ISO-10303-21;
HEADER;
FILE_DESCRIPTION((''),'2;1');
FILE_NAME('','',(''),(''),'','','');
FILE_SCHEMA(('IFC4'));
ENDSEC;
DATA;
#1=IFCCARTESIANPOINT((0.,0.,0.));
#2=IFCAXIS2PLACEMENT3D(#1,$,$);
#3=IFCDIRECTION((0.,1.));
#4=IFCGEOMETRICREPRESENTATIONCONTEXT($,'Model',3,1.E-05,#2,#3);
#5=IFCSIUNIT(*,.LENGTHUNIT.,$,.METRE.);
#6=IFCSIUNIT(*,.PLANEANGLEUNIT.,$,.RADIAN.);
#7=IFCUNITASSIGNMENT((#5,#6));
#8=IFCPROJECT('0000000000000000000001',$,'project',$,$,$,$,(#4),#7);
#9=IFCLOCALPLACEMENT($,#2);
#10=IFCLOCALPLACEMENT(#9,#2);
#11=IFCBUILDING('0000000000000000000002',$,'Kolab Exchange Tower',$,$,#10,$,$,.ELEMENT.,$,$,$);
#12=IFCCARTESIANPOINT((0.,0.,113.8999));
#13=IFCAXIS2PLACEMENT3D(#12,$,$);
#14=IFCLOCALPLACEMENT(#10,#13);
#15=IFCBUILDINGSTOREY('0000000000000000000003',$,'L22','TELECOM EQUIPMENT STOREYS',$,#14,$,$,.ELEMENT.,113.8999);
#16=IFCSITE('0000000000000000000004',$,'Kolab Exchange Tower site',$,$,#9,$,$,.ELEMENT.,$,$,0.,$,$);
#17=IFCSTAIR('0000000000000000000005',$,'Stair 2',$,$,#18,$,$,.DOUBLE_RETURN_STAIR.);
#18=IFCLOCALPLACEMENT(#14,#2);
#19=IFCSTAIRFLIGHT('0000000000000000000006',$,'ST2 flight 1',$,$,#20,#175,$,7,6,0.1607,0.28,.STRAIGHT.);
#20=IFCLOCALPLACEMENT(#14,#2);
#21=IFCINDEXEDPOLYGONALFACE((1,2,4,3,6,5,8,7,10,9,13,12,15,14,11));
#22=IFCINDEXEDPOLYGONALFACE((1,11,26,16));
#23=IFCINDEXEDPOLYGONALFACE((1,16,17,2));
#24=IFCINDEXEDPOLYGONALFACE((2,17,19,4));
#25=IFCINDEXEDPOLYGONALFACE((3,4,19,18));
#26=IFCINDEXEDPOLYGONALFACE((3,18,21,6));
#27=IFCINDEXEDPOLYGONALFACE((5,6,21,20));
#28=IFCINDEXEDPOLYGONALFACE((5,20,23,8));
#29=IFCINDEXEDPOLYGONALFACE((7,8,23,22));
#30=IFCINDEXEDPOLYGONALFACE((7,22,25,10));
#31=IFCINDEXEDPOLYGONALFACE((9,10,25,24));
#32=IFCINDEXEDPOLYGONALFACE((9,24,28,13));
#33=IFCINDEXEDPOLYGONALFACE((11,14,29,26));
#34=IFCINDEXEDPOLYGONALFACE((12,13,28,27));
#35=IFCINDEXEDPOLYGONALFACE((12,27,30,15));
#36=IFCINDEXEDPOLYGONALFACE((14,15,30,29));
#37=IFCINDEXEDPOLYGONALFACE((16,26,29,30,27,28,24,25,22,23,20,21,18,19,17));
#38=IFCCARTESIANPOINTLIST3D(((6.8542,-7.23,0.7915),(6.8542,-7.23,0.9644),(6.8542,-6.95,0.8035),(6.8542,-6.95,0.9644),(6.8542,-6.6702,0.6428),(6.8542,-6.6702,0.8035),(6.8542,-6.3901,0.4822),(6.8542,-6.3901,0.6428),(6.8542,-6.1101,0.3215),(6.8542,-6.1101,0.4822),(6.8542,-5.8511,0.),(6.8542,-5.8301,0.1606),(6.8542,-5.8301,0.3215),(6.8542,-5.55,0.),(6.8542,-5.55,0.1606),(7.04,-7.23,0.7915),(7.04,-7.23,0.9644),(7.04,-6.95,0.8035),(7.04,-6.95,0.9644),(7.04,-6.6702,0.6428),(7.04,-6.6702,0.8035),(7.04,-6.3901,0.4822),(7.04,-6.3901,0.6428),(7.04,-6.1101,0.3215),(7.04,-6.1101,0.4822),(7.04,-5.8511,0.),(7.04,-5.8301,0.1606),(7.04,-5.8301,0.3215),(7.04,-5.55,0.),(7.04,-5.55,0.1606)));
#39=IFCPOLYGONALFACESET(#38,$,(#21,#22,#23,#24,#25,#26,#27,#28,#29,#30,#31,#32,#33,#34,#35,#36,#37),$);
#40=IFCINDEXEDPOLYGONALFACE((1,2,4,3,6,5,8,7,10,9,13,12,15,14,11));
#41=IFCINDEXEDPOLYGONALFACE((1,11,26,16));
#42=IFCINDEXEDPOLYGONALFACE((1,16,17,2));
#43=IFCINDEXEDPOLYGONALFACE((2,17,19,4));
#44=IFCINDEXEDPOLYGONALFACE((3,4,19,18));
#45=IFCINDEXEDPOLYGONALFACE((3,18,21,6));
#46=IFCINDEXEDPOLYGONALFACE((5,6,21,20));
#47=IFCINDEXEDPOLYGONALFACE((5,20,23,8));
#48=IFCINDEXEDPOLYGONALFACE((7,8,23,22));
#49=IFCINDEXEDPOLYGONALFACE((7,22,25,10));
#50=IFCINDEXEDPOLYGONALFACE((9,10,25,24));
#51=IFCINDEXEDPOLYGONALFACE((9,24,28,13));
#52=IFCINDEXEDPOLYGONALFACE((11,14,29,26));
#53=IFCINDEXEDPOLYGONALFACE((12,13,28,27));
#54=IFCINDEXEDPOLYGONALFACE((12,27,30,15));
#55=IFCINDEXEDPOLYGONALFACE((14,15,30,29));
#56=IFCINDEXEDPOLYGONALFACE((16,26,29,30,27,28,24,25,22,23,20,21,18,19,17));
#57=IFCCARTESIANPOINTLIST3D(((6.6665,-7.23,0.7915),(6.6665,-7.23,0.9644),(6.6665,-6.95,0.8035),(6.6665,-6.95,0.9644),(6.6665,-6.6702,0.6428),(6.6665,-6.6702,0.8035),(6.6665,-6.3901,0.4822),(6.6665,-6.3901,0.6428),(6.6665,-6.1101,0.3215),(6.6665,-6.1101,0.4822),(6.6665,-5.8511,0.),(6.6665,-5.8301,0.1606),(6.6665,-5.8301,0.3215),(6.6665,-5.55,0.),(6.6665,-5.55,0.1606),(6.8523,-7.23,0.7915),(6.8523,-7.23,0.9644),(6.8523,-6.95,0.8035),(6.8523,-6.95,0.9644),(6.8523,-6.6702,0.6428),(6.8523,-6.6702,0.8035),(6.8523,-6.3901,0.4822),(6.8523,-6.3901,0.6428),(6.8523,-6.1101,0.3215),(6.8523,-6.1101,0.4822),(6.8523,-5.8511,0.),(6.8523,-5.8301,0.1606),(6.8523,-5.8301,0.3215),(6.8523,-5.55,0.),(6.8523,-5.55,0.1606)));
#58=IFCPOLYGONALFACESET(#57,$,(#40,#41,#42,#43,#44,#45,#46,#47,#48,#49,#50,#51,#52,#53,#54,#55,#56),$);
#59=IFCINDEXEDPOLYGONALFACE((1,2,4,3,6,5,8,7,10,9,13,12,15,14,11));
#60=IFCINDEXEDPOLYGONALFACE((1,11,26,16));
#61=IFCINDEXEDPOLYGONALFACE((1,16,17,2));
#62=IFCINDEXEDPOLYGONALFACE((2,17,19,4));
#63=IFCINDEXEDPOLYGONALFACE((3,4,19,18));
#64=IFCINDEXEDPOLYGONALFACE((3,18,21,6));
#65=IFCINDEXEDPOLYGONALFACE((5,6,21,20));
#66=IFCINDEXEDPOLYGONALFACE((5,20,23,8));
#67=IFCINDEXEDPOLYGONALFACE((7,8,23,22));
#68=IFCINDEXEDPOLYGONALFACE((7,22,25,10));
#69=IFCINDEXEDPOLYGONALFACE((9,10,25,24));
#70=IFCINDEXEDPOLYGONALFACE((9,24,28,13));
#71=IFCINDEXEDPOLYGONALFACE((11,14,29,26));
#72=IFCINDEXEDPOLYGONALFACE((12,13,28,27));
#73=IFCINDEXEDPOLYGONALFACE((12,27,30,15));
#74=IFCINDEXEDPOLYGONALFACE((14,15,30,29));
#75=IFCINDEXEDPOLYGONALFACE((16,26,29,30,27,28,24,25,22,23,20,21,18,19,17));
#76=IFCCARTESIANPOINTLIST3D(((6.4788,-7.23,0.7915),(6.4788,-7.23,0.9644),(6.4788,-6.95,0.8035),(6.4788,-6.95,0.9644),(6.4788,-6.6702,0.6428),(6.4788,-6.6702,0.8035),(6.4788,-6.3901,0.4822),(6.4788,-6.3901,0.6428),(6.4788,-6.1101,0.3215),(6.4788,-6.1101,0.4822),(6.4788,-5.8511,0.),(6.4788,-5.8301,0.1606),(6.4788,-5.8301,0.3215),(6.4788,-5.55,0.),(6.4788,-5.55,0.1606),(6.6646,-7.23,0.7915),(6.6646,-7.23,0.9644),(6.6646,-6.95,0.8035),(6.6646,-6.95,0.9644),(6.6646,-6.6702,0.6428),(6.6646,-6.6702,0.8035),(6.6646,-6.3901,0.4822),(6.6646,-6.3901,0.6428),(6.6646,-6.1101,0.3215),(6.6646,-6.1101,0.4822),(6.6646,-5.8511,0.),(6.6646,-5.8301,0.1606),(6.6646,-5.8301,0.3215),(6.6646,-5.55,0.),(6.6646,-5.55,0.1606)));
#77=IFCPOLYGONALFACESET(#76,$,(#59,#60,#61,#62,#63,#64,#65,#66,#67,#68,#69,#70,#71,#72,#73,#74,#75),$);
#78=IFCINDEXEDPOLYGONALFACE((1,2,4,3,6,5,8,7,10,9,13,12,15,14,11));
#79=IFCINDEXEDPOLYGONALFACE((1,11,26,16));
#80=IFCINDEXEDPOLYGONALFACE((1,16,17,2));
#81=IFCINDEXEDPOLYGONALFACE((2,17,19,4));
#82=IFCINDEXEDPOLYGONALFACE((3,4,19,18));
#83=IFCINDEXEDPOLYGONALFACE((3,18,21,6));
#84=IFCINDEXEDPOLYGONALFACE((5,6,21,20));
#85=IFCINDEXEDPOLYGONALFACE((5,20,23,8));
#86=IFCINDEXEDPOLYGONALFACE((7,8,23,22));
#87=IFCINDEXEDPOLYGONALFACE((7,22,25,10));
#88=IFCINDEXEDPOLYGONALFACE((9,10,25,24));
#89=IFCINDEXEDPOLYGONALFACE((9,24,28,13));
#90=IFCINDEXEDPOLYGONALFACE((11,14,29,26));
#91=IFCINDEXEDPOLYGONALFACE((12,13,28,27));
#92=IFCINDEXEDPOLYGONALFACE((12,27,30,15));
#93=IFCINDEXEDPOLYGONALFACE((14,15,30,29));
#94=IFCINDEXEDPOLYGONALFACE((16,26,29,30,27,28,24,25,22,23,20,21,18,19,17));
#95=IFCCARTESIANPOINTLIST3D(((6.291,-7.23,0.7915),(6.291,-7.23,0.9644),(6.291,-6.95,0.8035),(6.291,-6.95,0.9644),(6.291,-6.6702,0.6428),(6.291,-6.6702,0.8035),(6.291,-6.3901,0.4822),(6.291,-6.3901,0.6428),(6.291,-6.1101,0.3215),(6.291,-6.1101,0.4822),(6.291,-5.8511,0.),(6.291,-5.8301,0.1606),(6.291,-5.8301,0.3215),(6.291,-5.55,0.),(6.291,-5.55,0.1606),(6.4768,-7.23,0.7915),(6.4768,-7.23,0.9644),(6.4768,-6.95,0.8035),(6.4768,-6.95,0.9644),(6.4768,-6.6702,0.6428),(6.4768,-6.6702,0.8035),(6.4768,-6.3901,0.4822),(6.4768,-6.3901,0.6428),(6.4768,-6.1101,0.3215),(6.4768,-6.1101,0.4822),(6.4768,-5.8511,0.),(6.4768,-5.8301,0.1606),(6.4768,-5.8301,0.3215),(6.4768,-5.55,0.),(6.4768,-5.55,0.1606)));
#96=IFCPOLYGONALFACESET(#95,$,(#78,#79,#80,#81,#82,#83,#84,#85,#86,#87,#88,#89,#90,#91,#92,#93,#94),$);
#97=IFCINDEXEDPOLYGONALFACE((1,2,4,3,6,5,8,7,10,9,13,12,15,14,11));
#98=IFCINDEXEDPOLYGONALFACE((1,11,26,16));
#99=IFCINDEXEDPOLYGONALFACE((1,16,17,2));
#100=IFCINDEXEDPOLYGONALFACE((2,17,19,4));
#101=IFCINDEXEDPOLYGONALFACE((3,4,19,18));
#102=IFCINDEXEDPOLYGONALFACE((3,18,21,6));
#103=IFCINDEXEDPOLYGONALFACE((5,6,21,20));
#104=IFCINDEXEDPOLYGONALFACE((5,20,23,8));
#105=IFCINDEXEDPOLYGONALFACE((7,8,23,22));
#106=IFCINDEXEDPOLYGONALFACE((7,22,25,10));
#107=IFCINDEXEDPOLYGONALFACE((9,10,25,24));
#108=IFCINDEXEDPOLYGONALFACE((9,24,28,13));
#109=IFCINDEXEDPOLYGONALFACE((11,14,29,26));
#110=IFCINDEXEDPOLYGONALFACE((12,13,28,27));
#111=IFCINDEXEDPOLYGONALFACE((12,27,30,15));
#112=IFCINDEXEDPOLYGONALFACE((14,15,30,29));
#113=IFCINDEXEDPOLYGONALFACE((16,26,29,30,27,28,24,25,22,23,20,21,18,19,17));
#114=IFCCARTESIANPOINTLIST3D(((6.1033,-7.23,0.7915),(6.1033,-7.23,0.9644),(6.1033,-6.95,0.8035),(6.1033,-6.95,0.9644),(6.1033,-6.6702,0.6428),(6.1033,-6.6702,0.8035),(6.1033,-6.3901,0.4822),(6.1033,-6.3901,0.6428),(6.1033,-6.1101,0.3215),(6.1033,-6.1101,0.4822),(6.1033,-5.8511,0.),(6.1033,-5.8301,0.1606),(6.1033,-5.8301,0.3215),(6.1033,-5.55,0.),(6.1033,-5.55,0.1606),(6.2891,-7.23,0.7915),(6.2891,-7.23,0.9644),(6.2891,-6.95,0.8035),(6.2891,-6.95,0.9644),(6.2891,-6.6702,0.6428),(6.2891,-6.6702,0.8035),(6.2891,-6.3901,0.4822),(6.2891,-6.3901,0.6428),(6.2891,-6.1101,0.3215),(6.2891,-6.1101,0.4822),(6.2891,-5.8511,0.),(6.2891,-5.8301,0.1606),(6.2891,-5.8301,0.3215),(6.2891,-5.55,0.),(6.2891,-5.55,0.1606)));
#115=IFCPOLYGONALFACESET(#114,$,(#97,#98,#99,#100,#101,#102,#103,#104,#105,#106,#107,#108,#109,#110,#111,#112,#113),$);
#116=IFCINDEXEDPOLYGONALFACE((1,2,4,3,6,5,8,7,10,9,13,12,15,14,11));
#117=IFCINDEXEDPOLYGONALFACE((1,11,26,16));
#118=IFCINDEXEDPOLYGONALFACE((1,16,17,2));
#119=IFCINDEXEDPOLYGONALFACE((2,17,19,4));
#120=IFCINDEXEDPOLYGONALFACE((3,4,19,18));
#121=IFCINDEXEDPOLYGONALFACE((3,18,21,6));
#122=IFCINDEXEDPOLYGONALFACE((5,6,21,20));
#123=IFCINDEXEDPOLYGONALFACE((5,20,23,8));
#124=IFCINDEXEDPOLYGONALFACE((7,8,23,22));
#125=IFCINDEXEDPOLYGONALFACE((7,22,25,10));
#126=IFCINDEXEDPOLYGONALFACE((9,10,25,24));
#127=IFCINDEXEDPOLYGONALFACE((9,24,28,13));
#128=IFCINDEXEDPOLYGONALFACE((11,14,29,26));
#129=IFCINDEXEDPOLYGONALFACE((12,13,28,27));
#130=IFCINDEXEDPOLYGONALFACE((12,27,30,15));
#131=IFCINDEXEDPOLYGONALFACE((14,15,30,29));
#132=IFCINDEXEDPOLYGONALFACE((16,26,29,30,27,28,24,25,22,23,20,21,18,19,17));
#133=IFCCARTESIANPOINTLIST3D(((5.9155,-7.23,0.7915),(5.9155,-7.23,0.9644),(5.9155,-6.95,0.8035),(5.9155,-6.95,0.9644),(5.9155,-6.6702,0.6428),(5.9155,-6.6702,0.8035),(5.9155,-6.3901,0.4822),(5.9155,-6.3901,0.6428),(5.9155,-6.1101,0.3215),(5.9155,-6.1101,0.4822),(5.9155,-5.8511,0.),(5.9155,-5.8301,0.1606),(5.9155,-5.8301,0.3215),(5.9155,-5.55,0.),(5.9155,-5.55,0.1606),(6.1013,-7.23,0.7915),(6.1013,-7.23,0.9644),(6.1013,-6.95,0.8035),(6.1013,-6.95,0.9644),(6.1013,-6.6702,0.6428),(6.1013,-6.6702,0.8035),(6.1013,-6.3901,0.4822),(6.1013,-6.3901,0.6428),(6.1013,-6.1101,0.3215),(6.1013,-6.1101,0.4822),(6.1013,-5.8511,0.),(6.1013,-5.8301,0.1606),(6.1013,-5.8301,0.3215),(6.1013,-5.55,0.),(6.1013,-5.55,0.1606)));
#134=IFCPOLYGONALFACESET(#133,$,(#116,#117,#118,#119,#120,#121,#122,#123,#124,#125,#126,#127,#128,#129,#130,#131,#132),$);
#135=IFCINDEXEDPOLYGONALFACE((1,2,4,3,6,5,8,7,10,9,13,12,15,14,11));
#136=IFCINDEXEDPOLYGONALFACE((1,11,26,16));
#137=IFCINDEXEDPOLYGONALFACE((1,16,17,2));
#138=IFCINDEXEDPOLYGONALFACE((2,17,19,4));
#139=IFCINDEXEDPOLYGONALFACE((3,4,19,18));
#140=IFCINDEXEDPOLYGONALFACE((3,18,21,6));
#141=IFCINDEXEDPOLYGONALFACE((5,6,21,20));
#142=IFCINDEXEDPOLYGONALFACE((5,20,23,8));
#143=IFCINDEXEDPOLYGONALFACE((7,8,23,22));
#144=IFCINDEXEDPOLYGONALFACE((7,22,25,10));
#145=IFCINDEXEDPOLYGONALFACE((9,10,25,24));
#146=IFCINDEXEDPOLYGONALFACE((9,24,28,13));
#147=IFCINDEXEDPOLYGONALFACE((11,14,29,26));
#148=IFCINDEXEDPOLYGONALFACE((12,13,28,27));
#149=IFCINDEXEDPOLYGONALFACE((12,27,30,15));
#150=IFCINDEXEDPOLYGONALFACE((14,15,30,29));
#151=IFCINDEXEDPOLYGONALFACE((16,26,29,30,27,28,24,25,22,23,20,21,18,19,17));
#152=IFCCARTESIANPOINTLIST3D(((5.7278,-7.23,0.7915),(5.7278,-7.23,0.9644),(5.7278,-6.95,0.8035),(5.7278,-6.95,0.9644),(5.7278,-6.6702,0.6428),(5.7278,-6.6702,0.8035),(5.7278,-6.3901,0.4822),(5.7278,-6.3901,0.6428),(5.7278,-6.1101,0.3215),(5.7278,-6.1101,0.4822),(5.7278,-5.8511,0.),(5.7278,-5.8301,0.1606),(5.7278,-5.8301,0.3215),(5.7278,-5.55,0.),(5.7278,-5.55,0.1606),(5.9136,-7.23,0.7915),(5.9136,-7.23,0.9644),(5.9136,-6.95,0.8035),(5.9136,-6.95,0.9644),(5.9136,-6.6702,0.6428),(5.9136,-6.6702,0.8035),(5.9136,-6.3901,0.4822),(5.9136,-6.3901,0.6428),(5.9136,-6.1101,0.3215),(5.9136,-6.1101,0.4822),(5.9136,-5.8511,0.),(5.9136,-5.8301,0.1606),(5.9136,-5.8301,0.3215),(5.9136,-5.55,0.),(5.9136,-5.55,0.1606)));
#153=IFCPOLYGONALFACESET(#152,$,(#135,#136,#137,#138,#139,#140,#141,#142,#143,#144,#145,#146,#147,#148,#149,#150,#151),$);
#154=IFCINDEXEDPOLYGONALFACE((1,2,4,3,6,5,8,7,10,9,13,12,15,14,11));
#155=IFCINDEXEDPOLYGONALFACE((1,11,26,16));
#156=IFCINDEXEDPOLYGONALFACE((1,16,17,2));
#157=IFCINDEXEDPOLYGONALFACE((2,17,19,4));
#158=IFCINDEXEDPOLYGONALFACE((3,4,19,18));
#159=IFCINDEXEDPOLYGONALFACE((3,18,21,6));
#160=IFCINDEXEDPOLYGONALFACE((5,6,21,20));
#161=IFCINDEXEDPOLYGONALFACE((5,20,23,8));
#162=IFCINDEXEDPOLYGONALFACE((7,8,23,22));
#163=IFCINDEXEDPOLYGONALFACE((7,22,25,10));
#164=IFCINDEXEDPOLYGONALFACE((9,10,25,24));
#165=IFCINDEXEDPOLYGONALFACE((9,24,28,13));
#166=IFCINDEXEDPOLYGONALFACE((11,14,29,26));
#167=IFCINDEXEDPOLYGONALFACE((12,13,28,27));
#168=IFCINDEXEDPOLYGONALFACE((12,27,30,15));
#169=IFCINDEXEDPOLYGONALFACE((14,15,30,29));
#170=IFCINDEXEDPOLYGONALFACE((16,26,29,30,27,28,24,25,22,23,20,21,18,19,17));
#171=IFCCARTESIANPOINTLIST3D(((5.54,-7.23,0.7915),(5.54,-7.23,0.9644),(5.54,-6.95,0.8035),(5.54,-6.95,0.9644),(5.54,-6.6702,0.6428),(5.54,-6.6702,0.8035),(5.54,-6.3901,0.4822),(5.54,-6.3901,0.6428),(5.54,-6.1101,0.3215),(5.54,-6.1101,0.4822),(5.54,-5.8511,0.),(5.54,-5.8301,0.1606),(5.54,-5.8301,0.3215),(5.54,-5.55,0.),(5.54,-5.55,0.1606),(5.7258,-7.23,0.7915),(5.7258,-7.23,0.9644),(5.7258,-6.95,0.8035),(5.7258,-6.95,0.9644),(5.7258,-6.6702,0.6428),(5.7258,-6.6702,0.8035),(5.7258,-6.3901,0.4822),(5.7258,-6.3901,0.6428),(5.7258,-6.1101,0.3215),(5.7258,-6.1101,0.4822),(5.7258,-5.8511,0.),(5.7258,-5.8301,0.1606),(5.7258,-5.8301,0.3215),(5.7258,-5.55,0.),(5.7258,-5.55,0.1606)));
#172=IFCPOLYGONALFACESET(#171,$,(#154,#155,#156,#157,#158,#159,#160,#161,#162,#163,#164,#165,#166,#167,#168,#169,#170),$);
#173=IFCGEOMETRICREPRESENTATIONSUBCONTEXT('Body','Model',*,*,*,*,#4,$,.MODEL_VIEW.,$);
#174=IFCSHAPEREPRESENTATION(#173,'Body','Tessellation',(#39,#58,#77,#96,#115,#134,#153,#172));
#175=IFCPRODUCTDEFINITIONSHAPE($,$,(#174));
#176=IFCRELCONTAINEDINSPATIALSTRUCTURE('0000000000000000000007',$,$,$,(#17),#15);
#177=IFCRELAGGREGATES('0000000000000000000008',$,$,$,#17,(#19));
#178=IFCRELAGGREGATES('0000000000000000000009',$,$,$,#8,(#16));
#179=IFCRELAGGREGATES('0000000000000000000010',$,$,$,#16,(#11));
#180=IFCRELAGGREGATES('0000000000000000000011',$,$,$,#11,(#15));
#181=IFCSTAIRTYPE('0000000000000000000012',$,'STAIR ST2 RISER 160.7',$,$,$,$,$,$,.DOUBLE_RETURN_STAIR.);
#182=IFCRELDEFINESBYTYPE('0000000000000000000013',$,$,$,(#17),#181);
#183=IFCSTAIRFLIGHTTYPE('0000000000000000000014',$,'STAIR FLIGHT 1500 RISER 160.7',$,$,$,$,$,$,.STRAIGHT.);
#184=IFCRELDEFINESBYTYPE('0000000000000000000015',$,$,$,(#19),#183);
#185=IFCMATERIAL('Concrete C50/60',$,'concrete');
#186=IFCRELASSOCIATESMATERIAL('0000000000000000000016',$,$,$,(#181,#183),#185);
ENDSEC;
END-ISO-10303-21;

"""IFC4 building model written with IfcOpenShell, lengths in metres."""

from ifc_helpers import new_model, si_unit, direction, frame, origin, place, context, subcontext, project, spatial, polyline, outline, extrude, material, type_object, element, aggregate, save


model = new_model("IFC4")

# Units and contexts
model_context = context("Model", 3, precision=1e-05, world=origin(), true_north=direction((0.0, 1.0)))
body_context = subcontext(model_context, "Body", "Model", "MODEL_VIEW")
ifc_project = project(units=[si_unit("LENGTHUNIT", "METRE"), si_unit("PLANEANGLEUNIT", "RADIAN")], contexts=[model_context])

# Site, building, storey
site_placement = place(None, origin())
site = spatial("IfcSite", under=ifc_project, at=site_placement, Name="Kolab Exchange Tower site", CompositionType="ELEMENT", RefElevation=0.0)
building_placement = place(site_placement, origin())
building = spatial("IfcBuilding", under=site, at=building_placement, Name="Kolab Exchange Tower", CompositionType="ELEMENT")
storey_placement = place(building_placement, frame((0.0, 0.0, 113.8999)))
storey = spatial("IfcBuildingStorey", under=building, at=storey_placement, Name="L22", Description="TELECOM EQUIPMENT STOREYS", CompositionType="ELEMENT", Elevation=113.8999)

# Shared definitions
ifc_material_1 = material(Name="Concrete C50/60", Category="concrete")

# Stair, stair flight
stair_type = type_object("IfcStairType", Name="STAIR ST2 RISER 160.7", PredefinedType="DOUBLE_RETURN_STAIR", material=ifc_material_1)
stair_placement = place(storey_placement, origin())
stair = element("IfcStair", 1, at=stair_placement, inside=storey, type_object=stair_type, Name="Stair 2", PredefinedType="DOUBLE_RETURN_STAIR")
stair_flight_type = type_object("IfcStairFlightType", Name="STAIR FLIGHT 1500 RISER 160.7", PredefinedType="STRAIGHT", material=ifc_material_1)
stair_flight_1_placement = place(storey_placement, frame((6.29, -5.55, 0.0), z_axis=(0.0, 0.0, 1.0), x_axis=(0.0, -1.0, 0.0)))
stair_flight_1 = element("IfcStairFlight", 2, at=stair_flight_1_placement, type_object=stair_flight_type, Name="ST2 flight 1", NumberOfRisers=7, NumberOfTreads=6, PredefinedType="STRAIGHT", RiserHeight=0.1607, TreadLength=0.28, context=body_context, shape_type="SweptSolid", body=[
    extrude(outline(polyline([(0.0, 0.0), (0.0, 0.1606), (0.28, 0.1606), (0.28, 0.3215), (0.5601, 0.3215), (0.5601, 0.4822), (0.8401, 0.4822), (0.8401, 0.6428), (1.1201, 0.6428), (1.1201, 0.8035), (1.3999, 0.8035), (1.3999, 0.9644), (1.6799, 0.9644), (1.6799, 1.125), (1.6799, 0.7915), (0.301, 0.0), (0.0, 0.0)])), frame((0.0, 0.75, 0.0), z_axis=(0.0, -1.0, 0.0), x_axis=(1.0, 0.0, 0.0)), (0.0, 0.0, 1.0), 0.1858),
    extrude(outline(polyline([(0.0, 0.0), (0.0, 0.1606), (0.28, 0.1606), (0.28, 0.3215), (0.5601, 0.3215), (0.5601, 0.4822), (0.8401, 0.4822), (0.8401, 0.6428), (1.1201, 0.6428), (1.1201, 0.8035), (1.3999, 0.8035), (1.3999, 0.9644), (1.6799, 0.9644), (1.6799, 1.125), (1.6799, 0.7915), (0.301, 0.0), (0.0, 0.0)])), frame((0.0, 0.5623, 0.0), z_axis=(0.0, -1.0, 0.0), x_axis=(1.0, 0.0, 0.0)), (0.0, 0.0, 1.0), 0.1858),
    extrude(outline(polyline([(0.0, 0.0), (0.0, 0.1606), (0.28, 0.1606), (0.28, 0.3215), (0.5601, 0.3215), (0.5601, 0.4822), (0.8401, 0.4822), (0.8401, 0.6428), (1.1201, 0.6428), (1.1201, 0.8035), (1.3999, 0.8035), (1.3999, 0.9644), (1.6799, 0.9644), (1.6799, 1.125), (1.6799, 0.7915), (0.301, 0.0), (0.0, 0.0)])), frame((0.0, 0.3745, 0.0), z_axis=(0.0, -1.0, 0.0), x_axis=(1.0, 0.0, 0.0)), (0.0, 0.0, 1.0), 0.1858),
    extrude(outline(polyline([(0.0, 0.0), (0.0, 0.1606), (0.28, 0.1606), (0.28, 0.3215), (0.5601, 0.3215), (0.5601, 0.4822), (0.8401, 0.4822), (0.8401, 0.6428), (1.1201, 0.6428), (1.1201, 0.8035), (1.3999, 0.8035), (1.3999, 0.9644), (1.6799, 0.9644), (1.6799, 1.125), (1.6799, 0.7915), (0.301, 0.0), (0.0, 0.0)])), frame((0.0, 0.1868, 0.0), z_axis=(0.0, -1.0, 0.0), x_axis=(1.0, 0.0, 0.0)), (0.0, 0.0, 1.0), 0.1858),
    extrude(outline(polyline([(0.0, 0.0), (0.0, 0.1606), (0.28, 0.1606), (0.28, 0.3215), (0.5601, 0.3215), (0.5601, 0.4822), (0.8401, 0.4822), (0.8401, 0.6428), (1.1201, 0.6428), (1.1201, 0.8035), (1.3999, 0.8035), (1.3999, 0.9644), (1.6799, 0.9644), (1.6799, 1.125), (1.6799, 0.7915), (0.301, 0.0), (0.0, 0.0)])), frame((0.0, -0.001, 0.0), z_axis=(0.0, -1.0, 0.0), x_axis=(1.0, 0.0, 0.0)), (0.0, 0.0, 1.0), 0.1858),
    extrude(outline(polyline([(0.0, 0.0), (0.0, 0.1606), (0.28, 0.1606), (0.28, 0.3215), (0.5601, 0.3215), (0.5601, 0.4822), (0.8401, 0.4822), (0.8401, 0.6428), (1.1201, 0.6428), (1.1201, 0.8035), (1.3999, 0.8035), (1.3999, 0.9644), (1.6799, 0.9644), (1.6799, 1.125), (1.6799, 0.7915), (0.301, 0.0), (0.0, 0.0)])), frame((0.0, -0.1887, 0.0), z_axis=(0.0, -1.0, 0.0), x_axis=(1.0, 0.0, 0.0)), (0.0, 0.0, 1.0), 0.1858),
    extrude(outline(polyline([(0.0, 0.0), (0.0, 0.1606), (0.28, 0.1606), (0.28, 0.3215), (0.5601, 0.3215), (0.5601, 0.4822), (0.8401, 0.4822), (0.8401, 0.6428), (1.1201, 0.6428), (1.1201, 0.8035), (1.3999, 0.8035), (1.3999, 0.9644), (1.6799, 0.9644), (1.6799, 1.125), (1.6799, 0.7915), (0.301, 0.0), (0.0, 0.0)])), frame((0.0, -0.3765, 0.0), z_axis=(0.0, -1.0, 0.0), x_axis=(1.0, 0.0, 0.0)), (0.0, 0.0, 1.0), 0.1858),
    extrude(outline(polyline([(0.0, 0.0), (0.0, 0.1606), (0.28, 0.1606), (0.28, 0.3215), (0.5601, 0.3215), (0.5601, 0.4822), (0.8401, 0.4822), (0.8401, 0.6428), (1.1201, 0.6428), (1.1201, 0.8035), (1.3999, 0.8035), (1.3999, 0.9644), (1.6799, 0.9644), (1.6799, 1.125), (1.6799, 0.7915), (0.301, 0.0), (0.0, 0.0)])), frame((0.0, -0.5642, 0.0), z_axis=(0.0, -1.0, 0.0), x_axis=(1.0, 0.0, 0.0)), (0.0, 0.0, 1.0), 0.1858),
])
aggregate(stair, [stair_flight_1])

save(model, "model.ifc")
